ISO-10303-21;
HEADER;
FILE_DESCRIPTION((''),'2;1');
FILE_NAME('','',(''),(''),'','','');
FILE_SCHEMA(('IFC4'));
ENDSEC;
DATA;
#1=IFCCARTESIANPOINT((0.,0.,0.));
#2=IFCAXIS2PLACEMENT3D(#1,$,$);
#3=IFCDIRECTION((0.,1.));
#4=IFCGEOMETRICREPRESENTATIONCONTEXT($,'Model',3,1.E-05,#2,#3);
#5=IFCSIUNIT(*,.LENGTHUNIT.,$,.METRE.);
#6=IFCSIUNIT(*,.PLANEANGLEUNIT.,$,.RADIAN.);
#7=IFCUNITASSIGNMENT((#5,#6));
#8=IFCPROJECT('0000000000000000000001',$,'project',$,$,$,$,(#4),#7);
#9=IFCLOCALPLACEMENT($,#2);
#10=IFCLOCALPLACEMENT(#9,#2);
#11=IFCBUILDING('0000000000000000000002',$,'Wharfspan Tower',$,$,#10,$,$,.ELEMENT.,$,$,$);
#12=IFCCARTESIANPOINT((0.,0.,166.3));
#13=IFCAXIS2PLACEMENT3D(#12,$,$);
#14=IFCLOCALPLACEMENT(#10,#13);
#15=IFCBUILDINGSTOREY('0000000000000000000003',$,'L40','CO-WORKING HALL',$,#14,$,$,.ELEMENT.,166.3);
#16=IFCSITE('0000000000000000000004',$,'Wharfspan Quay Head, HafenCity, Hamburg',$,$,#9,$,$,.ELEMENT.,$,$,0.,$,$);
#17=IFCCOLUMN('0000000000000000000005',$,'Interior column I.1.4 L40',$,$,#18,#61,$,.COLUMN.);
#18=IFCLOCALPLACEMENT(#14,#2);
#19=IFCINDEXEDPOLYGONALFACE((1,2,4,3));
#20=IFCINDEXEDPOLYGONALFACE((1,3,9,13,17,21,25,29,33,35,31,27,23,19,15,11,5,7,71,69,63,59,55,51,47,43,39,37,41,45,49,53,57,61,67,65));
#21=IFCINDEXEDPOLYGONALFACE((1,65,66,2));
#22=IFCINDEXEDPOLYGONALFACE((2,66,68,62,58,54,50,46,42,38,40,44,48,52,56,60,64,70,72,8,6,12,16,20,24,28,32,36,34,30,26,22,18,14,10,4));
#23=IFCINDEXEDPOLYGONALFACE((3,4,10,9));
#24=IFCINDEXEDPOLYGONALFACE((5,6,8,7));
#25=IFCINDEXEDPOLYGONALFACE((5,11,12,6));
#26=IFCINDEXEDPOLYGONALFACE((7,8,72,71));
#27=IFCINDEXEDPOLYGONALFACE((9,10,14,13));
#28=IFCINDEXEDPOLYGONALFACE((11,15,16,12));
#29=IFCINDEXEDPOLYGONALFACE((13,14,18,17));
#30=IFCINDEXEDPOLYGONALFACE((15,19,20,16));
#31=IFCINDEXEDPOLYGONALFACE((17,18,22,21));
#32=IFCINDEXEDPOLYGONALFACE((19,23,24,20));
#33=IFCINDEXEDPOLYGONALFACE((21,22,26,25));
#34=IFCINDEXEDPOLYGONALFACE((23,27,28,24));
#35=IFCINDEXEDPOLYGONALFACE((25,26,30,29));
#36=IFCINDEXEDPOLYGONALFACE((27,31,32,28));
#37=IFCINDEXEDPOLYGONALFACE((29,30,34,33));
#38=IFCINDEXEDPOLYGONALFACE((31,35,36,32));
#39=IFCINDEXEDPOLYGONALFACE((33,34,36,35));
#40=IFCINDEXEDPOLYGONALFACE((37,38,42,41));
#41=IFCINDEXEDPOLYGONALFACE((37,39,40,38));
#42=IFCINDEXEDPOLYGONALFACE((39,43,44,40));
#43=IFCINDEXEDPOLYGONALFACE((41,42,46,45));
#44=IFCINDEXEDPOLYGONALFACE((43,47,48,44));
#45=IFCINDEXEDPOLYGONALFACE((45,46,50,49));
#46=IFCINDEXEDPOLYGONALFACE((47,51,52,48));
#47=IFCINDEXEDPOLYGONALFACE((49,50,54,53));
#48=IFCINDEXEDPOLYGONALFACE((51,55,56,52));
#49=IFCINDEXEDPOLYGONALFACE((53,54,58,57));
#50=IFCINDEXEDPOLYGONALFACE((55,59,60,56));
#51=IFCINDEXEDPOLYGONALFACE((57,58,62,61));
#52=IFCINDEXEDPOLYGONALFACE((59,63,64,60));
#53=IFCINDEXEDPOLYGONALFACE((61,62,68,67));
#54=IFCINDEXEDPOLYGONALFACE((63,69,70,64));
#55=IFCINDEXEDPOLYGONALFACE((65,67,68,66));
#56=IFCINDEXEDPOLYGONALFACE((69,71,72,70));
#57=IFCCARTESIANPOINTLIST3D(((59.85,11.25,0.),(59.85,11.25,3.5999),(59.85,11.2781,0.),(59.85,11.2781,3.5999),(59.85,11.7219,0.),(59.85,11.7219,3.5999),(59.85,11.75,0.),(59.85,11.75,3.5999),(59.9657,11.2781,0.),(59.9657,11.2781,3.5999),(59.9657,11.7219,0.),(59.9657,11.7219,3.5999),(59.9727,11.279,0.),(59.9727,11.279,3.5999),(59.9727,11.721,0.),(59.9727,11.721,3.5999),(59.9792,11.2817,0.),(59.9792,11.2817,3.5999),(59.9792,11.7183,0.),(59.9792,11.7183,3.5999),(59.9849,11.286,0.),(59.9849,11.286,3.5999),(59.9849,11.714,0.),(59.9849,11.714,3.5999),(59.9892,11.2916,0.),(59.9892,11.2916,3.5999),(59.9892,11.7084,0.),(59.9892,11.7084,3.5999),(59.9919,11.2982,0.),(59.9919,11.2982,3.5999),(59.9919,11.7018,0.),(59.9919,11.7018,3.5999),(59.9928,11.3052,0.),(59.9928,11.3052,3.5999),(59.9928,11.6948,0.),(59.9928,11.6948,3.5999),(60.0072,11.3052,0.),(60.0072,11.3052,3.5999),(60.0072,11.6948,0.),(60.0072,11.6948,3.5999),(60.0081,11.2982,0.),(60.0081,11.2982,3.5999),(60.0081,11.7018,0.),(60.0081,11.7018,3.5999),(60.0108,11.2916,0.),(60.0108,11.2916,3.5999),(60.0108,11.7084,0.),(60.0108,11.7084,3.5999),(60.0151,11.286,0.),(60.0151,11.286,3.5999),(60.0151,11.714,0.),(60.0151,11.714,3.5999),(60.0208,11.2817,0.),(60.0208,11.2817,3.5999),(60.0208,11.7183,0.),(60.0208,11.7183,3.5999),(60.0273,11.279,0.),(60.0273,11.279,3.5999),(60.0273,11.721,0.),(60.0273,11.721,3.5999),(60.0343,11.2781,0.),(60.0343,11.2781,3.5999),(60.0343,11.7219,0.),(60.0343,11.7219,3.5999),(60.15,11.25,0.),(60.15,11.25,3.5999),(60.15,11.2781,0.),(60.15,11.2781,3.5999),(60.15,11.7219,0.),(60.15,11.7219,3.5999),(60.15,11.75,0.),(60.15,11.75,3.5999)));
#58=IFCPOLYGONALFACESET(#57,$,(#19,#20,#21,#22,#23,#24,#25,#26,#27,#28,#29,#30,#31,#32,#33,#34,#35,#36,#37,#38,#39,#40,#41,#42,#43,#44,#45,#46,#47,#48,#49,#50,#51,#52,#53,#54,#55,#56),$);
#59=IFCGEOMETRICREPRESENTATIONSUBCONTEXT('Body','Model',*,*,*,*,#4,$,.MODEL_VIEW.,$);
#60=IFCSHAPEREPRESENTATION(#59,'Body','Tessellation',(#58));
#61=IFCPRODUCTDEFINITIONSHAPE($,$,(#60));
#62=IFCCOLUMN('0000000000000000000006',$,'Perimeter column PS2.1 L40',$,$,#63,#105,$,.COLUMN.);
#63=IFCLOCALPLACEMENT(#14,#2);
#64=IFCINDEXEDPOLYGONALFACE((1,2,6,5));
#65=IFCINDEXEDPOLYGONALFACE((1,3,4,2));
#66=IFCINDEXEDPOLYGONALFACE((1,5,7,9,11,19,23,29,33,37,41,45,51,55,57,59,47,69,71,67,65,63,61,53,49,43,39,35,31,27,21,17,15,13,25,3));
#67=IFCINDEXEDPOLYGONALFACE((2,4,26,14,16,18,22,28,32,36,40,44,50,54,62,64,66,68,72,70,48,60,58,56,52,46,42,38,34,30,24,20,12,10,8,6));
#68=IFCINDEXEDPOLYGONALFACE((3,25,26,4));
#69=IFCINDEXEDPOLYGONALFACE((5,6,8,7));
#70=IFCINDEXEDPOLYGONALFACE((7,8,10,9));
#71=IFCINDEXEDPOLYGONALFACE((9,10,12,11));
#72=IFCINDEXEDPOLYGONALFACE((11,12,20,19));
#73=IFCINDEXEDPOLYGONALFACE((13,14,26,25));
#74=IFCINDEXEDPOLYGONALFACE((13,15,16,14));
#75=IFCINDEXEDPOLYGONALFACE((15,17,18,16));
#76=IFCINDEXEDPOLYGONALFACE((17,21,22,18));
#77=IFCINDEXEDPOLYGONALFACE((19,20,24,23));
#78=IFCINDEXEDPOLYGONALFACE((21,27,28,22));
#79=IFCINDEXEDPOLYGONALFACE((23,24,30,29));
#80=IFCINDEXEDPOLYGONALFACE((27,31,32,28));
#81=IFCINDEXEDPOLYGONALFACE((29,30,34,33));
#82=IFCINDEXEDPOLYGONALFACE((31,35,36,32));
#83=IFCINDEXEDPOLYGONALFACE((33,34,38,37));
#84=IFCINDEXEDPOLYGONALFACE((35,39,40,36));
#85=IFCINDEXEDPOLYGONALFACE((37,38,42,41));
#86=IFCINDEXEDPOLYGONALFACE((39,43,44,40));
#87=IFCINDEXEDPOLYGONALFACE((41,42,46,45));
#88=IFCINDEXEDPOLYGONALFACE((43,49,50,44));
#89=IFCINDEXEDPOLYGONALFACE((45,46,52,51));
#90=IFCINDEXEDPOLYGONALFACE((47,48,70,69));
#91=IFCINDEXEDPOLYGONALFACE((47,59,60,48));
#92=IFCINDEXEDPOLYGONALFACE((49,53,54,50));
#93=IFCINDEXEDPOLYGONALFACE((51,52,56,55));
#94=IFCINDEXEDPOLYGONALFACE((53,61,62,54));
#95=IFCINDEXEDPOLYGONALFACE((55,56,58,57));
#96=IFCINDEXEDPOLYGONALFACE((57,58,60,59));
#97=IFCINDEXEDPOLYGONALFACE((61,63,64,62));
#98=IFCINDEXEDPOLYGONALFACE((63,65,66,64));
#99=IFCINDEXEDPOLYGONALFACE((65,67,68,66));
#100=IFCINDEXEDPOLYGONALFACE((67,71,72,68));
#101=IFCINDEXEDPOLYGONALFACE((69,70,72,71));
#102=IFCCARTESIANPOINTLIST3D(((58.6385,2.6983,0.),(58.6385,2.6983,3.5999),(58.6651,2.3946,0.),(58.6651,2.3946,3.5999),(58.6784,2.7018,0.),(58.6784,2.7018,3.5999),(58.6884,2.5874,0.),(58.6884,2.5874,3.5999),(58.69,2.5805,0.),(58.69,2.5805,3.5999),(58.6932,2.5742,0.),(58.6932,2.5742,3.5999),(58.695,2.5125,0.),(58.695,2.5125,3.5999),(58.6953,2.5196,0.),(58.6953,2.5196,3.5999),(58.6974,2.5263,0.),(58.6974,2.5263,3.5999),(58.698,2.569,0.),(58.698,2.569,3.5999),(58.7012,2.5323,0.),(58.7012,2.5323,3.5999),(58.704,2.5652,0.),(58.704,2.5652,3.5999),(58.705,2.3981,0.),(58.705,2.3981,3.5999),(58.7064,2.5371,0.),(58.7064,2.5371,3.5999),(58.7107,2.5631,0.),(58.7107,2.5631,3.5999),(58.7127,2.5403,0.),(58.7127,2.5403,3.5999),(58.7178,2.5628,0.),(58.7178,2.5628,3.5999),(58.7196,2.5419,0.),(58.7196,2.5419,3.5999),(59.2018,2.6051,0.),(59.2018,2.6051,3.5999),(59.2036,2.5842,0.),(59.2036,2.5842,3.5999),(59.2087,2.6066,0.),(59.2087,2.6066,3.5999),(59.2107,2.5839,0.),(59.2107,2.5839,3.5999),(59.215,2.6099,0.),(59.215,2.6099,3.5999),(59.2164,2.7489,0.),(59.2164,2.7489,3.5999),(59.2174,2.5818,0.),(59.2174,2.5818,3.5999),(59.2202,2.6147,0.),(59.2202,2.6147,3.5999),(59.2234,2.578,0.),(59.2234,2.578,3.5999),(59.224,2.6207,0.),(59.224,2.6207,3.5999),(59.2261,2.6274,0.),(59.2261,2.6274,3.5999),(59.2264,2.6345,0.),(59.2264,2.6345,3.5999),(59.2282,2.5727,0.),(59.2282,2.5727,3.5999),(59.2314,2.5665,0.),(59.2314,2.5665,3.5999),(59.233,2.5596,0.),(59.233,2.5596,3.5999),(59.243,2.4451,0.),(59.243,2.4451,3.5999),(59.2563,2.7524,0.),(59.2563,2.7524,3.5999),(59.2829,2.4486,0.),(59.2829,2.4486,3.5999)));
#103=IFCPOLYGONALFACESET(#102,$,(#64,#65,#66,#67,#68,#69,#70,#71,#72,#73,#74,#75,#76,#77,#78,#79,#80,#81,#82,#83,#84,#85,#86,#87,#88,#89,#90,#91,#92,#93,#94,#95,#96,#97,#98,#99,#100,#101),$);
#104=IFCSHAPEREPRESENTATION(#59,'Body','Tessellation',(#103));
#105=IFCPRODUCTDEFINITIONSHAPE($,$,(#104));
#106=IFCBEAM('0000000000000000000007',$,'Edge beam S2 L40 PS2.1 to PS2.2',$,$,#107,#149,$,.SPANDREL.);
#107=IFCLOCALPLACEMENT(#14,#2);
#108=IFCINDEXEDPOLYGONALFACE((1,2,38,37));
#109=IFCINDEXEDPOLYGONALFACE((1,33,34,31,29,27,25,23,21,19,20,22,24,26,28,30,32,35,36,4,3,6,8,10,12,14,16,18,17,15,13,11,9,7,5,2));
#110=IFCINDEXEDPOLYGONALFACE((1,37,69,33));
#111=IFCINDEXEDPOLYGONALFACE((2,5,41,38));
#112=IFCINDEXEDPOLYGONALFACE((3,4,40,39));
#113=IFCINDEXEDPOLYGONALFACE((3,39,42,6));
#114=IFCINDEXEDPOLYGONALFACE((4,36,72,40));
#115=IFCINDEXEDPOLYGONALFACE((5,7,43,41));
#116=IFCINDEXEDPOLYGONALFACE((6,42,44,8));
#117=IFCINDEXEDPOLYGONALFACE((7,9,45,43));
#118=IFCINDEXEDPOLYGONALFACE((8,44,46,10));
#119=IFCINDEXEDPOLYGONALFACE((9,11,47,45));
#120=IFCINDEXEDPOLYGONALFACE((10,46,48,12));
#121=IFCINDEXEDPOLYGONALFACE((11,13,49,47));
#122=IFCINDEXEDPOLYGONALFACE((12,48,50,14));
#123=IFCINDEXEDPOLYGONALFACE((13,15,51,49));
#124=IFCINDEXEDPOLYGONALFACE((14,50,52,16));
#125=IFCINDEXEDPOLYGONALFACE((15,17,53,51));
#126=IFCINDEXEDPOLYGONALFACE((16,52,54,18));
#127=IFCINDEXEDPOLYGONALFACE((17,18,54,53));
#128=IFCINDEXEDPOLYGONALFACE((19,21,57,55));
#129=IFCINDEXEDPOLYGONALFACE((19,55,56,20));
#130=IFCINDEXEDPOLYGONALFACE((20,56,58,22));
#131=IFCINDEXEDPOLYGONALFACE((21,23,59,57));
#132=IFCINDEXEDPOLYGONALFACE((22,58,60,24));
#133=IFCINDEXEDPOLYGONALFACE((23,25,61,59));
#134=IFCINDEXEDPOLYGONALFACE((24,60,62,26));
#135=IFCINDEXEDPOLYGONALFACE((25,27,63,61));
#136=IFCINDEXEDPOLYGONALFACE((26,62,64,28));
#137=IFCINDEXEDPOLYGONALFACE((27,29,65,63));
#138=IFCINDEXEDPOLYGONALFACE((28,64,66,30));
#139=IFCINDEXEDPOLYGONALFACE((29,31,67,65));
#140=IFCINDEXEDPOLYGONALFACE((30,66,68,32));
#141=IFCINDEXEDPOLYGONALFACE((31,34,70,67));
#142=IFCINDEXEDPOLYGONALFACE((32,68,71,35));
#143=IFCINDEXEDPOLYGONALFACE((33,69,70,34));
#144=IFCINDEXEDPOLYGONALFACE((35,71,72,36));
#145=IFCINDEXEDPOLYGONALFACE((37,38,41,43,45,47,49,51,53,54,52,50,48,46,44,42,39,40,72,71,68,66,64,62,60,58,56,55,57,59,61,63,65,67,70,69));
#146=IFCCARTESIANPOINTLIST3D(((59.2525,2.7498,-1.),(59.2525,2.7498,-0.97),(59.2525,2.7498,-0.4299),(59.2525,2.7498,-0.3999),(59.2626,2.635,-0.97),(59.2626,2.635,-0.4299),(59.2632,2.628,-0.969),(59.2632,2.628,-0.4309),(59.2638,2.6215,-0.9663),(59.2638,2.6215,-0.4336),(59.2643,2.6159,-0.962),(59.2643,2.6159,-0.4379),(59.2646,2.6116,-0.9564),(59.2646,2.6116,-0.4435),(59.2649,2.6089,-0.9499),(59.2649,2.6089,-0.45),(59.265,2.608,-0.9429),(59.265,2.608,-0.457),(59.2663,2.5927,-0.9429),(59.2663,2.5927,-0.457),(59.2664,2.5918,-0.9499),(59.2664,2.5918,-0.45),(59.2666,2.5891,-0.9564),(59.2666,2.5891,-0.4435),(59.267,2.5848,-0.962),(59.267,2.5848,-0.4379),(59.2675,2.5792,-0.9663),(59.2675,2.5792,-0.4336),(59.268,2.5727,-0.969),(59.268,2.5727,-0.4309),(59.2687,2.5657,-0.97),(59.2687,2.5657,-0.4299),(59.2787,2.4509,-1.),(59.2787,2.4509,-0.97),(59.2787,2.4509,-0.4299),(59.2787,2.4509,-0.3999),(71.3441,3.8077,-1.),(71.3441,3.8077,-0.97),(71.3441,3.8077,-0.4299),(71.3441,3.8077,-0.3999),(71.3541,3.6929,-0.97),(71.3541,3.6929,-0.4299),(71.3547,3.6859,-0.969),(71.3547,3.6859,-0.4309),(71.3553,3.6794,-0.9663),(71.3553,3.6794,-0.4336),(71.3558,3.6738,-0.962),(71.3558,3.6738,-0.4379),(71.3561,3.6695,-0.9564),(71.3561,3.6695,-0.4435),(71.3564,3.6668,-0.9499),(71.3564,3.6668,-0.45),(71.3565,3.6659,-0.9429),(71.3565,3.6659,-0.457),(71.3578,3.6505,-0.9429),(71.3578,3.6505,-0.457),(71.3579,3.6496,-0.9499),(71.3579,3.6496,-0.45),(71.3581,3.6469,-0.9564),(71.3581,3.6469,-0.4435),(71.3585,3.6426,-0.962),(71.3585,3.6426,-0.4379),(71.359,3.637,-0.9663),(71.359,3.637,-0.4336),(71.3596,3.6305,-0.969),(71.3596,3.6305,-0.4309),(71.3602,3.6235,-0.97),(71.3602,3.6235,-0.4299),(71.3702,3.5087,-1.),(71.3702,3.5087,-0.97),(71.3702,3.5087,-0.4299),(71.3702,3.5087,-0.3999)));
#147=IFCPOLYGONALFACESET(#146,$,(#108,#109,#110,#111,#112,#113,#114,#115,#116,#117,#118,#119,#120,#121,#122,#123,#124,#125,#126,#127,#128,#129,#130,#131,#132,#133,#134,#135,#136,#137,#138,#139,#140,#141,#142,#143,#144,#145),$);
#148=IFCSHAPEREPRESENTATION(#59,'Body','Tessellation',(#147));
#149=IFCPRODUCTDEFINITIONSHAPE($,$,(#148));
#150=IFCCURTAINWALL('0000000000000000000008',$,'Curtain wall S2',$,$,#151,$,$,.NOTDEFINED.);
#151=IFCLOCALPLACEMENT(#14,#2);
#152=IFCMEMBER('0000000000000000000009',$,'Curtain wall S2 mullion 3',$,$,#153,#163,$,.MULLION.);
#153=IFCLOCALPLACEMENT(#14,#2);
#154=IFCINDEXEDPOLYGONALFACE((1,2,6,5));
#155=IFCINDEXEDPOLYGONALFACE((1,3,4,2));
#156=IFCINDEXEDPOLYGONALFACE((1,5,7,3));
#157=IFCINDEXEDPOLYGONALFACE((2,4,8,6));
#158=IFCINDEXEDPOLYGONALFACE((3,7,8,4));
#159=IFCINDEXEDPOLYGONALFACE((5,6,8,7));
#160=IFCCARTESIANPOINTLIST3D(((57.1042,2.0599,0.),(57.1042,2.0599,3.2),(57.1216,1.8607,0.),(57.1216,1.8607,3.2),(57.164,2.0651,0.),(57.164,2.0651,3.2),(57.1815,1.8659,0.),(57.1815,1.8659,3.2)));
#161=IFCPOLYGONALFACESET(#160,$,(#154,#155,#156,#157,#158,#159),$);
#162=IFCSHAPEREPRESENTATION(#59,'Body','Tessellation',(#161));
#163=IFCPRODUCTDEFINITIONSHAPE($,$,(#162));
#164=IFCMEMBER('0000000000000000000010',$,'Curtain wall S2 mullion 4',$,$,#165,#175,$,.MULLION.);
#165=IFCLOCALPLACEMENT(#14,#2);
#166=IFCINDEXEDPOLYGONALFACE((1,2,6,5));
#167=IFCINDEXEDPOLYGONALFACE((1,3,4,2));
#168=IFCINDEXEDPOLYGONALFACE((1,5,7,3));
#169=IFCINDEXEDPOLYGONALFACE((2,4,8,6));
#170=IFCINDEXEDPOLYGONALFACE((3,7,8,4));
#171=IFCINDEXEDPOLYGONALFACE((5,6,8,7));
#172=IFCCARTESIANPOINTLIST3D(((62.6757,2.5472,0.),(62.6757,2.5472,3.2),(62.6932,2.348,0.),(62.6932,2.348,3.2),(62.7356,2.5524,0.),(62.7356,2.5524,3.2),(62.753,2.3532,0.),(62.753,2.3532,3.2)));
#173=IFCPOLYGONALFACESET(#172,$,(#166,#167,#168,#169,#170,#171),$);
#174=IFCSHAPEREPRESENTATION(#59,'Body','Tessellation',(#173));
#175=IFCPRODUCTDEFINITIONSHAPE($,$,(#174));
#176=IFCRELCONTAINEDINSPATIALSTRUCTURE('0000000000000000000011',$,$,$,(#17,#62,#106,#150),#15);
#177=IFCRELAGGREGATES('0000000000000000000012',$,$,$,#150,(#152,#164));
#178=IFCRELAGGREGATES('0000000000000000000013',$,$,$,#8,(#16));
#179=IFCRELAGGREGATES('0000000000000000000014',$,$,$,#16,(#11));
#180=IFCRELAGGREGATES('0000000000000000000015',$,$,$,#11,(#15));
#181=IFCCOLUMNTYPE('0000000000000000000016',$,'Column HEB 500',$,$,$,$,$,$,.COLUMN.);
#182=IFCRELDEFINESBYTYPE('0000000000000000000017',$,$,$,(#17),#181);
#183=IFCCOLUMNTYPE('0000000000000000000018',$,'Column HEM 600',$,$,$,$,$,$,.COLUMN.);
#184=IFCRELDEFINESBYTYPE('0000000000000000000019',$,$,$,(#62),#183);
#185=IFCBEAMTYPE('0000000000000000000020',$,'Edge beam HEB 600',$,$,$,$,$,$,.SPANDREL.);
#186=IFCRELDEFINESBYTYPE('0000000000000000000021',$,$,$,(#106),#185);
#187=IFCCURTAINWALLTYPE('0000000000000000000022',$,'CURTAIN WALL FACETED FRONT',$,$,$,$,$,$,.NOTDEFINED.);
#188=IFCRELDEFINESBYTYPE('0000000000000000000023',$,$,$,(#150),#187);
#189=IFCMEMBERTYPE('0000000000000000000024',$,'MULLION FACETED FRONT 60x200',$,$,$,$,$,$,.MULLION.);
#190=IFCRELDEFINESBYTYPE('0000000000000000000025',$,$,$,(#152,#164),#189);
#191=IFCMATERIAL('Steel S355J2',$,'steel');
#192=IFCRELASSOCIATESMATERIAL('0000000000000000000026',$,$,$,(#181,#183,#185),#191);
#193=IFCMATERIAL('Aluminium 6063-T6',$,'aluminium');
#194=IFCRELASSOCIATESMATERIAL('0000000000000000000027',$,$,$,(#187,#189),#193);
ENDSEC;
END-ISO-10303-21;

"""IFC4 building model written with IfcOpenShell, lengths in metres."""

from ifc_helpers import new_model, si_unit, direction, frame, origin, origin_2d, place, context, subcontext, project, spatial, rectangle, i_section, extrude, material, material_profile, profile_set, type_object, element, aggregate, save


model = new_model("IFC4")

# Units and contexts
model_context = context("Model", 3, precision=1e-05, world=origin(), true_north=direction((0.0, 1.0)))
body_context = subcontext(model_context, "Body", "Model", "MODEL_VIEW")
ifc_project = project(units=[si_unit("LENGTHUNIT", "METRE"), si_unit("PLANEANGLEUNIT", "RADIAN")], contexts=[model_context])

# Site, building, storey
site_placement = place(None, origin())
site = spatial("IfcSite", under=ifc_project, at=site_placement, Name="Wharfspan Quay Head, HafenCity, Hamburg", CompositionType="ELEMENT", RefElevation=0.0)
building_placement = place(site_placement, origin())
building = spatial("IfcBuilding", under=site, at=building_placement, Name="Wharfspan Tower", CompositionType="ELEMENT")
storey_placement = place(building_placement, frame((0.0, 0.0, 166.3)))
storey = spatial("IfcBuildingStorey", under=building, at=storey_placement, Name="L40", Description="CO-WORKING HALL", CompositionType="ELEMENT", Elevation=166.3)

# Columns
ifc_material_1 = material(Name="Steel S355J2", Category="steel")
ifc_material_profile_1 = material_profile(ifc_material_1, i_section(OverallWidth=0.3, OverallDepth=0.5, WebThickness=0.0144, FlangeThickness=0.0281, FilletRadius=0.0271, at=origin_2d()))
ifc_profile_set_1 = profile_set([ifc_material_profile_1], Name="Steel S355J2")
column_type_1 = type_object("IfcColumnType", Name="Column HEB 500", PredefinedType="COLUMN", material=ifc_profile_set_1)
column_1_placement = place(storey_placement, frame((60.0, 11.5, 0.0), z_axis=(0.0, 0.0, 1.0), x_axis=(1.0, 0.0, 0.0)))
element("IfcColumn", 1, at=column_1_placement, inside=storey, type_object=column_type_1, Name="Interior column I.1.4 L40", PredefinedType="COLUMN", context=body_context, shape_type="SweptSolid", body=[
    extrude(i_section(OverallWidth=0.3, OverallDepth=0.5, WebThickness=0.0144, FlangeThickness=0.0281, FilletRadius=0.0271, at=origin_2d()), origin(), (0.0, 0.0, 1.0), 3.5999),
])
ifc_material_profile_2 = material_profile(ifc_material_1, i_section(OverallWidth=0.3049, OverallDepth=0.6201, WebThickness=0.021, FlangeThickness=0.04, FilletRadius=0.0271, at=origin_2d()))
ifc_profile_set_2 = profile_set([ifc_material_profile_2], Name="Steel S355J2")
column_type_2 = type_object("IfcColumnType", Name="Column HEM 600", PredefinedType="COLUMN", material=ifc_profile_set_2)
column_2_placement = place(storey_placement, frame((58.9607, 2.5735, 0.0), z_axis=(0.0, 0.0, 1.0), x_axis=(0.087156, -0.996198, 0.0)))
element("IfcColumn", 2, at=column_2_placement, inside=storey, type_object=column_type_2, Name="Perimeter column PS2.1 L40", PredefinedType="COLUMN", context=body_context, shape_type="SweptSolid", body=[
    extrude(i_section(OverallWidth=0.3049, OverallDepth=0.6201, WebThickness=0.021, FlangeThickness=0.04, FilletRadius=0.0271, at=origin_2d()), origin(), (0.0, 0.0, 1.0), 3.5999),
])

# Beam
ifc_material_profile_3 = material_profile(ifc_material_1, i_section(OverallWidth=0.3, OverallDepth=0.6001, WebThickness=0.0154, FlangeThickness=0.03, FilletRadius=0.0271, at=origin_2d()))
ifc_profile_set_3 = profile_set([ifc_material_profile_3], Name="Steel S355J2")
beam_type = type_object("IfcBeamType", Name="Edge beam HEB 600", PredefinedType="SPANDREL", material=ifc_profile_set_3)
beam_placement = place(storey_placement, frame((59.2656, 2.6003, -0.7), z_axis=(0.996195, 0.087155, 0.0), x_axis=(-0.087155, 0.996195, 0.0)))
element("IfcBeam", 3, at=beam_placement, inside=storey, type_object=beam_type, Name="Edge beam S2 L40 PS2.1 to PS2.2", PredefinedType="SPANDREL", context=body_context, shape_type="SweptSolid", body=[
    extrude(i_section(OverallWidth=0.3, OverallDepth=0.6001, WebThickness=0.0154, FlangeThickness=0.03, FilletRadius=0.0271, at=origin_2d()), origin(), (0.0, 0.0, 1.0), 12.1377),
])

# Curtain wall, members
ifc_material_2 = material(Name="Aluminium 6063-T6", Category="aluminium")
curtain_wall_type = type_object("IfcCurtainWallType", Name="CURTAIN WALL FACETED FRONT", PredefinedType="NOTDEFINED", material=ifc_material_2)
curtain_wall_placement = place(storey_placement, origin())
curtain_wall = element("IfcCurtainWall", 4, at=curtain_wall_placement, inside=storey, type_object=curtain_wall_type, Name="Curtain wall S2", PredefinedType="NOTDEFINED")
ifc_material_profile_4 = material_profile(ifc_material_2, rectangle(XDim=0.2, YDim=0.0601, at=origin_2d()))
ifc_profile_set_4 = profile_set([ifc_material_profile_4], Name="Aluminium 6063-T6")
member_type_1 = type_object("IfcMemberType", Name="MULLION FACETED FRONT 60x200", PredefinedType="MULLION", material=ifc_profile_set_4)
member_1_placement = place(storey_placement, frame((57.1428, 1.9629, 0.0), z_axis=(0.0, 0.0, 1.0), x_axis=(-0.087156, 0.996198, 0.0)))
member_1 = element("IfcMember", 5, at=member_1_placement, type_object=member_type_1, Name="Curtain wall S2 mullion 3", PredefinedType="MULLION", context=body_context, shape_type="SweptSolid", body=[
    extrude(rectangle(XDim=0.2, YDim=0.0601, at=origin_2d()), origin(), (0.0, 0.0, 1.0), 3.2),
])
member_2_placement = place(storey_placement, frame((62.7144, 2.4502, 0.0), z_axis=(0.0, 0.0, 1.0), x_axis=(-0.087156, 0.996198, 0.0)))
member_2 = element("IfcMember", 6, at=member_2_placement, type_object=member_type_1, Name="Curtain wall S2 mullion 4", PredefinedType="MULLION", context=body_context, shape_type="SweptSolid", body=[
    extrude(rectangle(XDim=0.2, YDim=0.0601, at=origin_2d()), origin(), (0.0, 0.0, 1.0), 3.2),
])

aggregate(curtain_wall, [member_1, member_2])

save(model, "model.ifc")
